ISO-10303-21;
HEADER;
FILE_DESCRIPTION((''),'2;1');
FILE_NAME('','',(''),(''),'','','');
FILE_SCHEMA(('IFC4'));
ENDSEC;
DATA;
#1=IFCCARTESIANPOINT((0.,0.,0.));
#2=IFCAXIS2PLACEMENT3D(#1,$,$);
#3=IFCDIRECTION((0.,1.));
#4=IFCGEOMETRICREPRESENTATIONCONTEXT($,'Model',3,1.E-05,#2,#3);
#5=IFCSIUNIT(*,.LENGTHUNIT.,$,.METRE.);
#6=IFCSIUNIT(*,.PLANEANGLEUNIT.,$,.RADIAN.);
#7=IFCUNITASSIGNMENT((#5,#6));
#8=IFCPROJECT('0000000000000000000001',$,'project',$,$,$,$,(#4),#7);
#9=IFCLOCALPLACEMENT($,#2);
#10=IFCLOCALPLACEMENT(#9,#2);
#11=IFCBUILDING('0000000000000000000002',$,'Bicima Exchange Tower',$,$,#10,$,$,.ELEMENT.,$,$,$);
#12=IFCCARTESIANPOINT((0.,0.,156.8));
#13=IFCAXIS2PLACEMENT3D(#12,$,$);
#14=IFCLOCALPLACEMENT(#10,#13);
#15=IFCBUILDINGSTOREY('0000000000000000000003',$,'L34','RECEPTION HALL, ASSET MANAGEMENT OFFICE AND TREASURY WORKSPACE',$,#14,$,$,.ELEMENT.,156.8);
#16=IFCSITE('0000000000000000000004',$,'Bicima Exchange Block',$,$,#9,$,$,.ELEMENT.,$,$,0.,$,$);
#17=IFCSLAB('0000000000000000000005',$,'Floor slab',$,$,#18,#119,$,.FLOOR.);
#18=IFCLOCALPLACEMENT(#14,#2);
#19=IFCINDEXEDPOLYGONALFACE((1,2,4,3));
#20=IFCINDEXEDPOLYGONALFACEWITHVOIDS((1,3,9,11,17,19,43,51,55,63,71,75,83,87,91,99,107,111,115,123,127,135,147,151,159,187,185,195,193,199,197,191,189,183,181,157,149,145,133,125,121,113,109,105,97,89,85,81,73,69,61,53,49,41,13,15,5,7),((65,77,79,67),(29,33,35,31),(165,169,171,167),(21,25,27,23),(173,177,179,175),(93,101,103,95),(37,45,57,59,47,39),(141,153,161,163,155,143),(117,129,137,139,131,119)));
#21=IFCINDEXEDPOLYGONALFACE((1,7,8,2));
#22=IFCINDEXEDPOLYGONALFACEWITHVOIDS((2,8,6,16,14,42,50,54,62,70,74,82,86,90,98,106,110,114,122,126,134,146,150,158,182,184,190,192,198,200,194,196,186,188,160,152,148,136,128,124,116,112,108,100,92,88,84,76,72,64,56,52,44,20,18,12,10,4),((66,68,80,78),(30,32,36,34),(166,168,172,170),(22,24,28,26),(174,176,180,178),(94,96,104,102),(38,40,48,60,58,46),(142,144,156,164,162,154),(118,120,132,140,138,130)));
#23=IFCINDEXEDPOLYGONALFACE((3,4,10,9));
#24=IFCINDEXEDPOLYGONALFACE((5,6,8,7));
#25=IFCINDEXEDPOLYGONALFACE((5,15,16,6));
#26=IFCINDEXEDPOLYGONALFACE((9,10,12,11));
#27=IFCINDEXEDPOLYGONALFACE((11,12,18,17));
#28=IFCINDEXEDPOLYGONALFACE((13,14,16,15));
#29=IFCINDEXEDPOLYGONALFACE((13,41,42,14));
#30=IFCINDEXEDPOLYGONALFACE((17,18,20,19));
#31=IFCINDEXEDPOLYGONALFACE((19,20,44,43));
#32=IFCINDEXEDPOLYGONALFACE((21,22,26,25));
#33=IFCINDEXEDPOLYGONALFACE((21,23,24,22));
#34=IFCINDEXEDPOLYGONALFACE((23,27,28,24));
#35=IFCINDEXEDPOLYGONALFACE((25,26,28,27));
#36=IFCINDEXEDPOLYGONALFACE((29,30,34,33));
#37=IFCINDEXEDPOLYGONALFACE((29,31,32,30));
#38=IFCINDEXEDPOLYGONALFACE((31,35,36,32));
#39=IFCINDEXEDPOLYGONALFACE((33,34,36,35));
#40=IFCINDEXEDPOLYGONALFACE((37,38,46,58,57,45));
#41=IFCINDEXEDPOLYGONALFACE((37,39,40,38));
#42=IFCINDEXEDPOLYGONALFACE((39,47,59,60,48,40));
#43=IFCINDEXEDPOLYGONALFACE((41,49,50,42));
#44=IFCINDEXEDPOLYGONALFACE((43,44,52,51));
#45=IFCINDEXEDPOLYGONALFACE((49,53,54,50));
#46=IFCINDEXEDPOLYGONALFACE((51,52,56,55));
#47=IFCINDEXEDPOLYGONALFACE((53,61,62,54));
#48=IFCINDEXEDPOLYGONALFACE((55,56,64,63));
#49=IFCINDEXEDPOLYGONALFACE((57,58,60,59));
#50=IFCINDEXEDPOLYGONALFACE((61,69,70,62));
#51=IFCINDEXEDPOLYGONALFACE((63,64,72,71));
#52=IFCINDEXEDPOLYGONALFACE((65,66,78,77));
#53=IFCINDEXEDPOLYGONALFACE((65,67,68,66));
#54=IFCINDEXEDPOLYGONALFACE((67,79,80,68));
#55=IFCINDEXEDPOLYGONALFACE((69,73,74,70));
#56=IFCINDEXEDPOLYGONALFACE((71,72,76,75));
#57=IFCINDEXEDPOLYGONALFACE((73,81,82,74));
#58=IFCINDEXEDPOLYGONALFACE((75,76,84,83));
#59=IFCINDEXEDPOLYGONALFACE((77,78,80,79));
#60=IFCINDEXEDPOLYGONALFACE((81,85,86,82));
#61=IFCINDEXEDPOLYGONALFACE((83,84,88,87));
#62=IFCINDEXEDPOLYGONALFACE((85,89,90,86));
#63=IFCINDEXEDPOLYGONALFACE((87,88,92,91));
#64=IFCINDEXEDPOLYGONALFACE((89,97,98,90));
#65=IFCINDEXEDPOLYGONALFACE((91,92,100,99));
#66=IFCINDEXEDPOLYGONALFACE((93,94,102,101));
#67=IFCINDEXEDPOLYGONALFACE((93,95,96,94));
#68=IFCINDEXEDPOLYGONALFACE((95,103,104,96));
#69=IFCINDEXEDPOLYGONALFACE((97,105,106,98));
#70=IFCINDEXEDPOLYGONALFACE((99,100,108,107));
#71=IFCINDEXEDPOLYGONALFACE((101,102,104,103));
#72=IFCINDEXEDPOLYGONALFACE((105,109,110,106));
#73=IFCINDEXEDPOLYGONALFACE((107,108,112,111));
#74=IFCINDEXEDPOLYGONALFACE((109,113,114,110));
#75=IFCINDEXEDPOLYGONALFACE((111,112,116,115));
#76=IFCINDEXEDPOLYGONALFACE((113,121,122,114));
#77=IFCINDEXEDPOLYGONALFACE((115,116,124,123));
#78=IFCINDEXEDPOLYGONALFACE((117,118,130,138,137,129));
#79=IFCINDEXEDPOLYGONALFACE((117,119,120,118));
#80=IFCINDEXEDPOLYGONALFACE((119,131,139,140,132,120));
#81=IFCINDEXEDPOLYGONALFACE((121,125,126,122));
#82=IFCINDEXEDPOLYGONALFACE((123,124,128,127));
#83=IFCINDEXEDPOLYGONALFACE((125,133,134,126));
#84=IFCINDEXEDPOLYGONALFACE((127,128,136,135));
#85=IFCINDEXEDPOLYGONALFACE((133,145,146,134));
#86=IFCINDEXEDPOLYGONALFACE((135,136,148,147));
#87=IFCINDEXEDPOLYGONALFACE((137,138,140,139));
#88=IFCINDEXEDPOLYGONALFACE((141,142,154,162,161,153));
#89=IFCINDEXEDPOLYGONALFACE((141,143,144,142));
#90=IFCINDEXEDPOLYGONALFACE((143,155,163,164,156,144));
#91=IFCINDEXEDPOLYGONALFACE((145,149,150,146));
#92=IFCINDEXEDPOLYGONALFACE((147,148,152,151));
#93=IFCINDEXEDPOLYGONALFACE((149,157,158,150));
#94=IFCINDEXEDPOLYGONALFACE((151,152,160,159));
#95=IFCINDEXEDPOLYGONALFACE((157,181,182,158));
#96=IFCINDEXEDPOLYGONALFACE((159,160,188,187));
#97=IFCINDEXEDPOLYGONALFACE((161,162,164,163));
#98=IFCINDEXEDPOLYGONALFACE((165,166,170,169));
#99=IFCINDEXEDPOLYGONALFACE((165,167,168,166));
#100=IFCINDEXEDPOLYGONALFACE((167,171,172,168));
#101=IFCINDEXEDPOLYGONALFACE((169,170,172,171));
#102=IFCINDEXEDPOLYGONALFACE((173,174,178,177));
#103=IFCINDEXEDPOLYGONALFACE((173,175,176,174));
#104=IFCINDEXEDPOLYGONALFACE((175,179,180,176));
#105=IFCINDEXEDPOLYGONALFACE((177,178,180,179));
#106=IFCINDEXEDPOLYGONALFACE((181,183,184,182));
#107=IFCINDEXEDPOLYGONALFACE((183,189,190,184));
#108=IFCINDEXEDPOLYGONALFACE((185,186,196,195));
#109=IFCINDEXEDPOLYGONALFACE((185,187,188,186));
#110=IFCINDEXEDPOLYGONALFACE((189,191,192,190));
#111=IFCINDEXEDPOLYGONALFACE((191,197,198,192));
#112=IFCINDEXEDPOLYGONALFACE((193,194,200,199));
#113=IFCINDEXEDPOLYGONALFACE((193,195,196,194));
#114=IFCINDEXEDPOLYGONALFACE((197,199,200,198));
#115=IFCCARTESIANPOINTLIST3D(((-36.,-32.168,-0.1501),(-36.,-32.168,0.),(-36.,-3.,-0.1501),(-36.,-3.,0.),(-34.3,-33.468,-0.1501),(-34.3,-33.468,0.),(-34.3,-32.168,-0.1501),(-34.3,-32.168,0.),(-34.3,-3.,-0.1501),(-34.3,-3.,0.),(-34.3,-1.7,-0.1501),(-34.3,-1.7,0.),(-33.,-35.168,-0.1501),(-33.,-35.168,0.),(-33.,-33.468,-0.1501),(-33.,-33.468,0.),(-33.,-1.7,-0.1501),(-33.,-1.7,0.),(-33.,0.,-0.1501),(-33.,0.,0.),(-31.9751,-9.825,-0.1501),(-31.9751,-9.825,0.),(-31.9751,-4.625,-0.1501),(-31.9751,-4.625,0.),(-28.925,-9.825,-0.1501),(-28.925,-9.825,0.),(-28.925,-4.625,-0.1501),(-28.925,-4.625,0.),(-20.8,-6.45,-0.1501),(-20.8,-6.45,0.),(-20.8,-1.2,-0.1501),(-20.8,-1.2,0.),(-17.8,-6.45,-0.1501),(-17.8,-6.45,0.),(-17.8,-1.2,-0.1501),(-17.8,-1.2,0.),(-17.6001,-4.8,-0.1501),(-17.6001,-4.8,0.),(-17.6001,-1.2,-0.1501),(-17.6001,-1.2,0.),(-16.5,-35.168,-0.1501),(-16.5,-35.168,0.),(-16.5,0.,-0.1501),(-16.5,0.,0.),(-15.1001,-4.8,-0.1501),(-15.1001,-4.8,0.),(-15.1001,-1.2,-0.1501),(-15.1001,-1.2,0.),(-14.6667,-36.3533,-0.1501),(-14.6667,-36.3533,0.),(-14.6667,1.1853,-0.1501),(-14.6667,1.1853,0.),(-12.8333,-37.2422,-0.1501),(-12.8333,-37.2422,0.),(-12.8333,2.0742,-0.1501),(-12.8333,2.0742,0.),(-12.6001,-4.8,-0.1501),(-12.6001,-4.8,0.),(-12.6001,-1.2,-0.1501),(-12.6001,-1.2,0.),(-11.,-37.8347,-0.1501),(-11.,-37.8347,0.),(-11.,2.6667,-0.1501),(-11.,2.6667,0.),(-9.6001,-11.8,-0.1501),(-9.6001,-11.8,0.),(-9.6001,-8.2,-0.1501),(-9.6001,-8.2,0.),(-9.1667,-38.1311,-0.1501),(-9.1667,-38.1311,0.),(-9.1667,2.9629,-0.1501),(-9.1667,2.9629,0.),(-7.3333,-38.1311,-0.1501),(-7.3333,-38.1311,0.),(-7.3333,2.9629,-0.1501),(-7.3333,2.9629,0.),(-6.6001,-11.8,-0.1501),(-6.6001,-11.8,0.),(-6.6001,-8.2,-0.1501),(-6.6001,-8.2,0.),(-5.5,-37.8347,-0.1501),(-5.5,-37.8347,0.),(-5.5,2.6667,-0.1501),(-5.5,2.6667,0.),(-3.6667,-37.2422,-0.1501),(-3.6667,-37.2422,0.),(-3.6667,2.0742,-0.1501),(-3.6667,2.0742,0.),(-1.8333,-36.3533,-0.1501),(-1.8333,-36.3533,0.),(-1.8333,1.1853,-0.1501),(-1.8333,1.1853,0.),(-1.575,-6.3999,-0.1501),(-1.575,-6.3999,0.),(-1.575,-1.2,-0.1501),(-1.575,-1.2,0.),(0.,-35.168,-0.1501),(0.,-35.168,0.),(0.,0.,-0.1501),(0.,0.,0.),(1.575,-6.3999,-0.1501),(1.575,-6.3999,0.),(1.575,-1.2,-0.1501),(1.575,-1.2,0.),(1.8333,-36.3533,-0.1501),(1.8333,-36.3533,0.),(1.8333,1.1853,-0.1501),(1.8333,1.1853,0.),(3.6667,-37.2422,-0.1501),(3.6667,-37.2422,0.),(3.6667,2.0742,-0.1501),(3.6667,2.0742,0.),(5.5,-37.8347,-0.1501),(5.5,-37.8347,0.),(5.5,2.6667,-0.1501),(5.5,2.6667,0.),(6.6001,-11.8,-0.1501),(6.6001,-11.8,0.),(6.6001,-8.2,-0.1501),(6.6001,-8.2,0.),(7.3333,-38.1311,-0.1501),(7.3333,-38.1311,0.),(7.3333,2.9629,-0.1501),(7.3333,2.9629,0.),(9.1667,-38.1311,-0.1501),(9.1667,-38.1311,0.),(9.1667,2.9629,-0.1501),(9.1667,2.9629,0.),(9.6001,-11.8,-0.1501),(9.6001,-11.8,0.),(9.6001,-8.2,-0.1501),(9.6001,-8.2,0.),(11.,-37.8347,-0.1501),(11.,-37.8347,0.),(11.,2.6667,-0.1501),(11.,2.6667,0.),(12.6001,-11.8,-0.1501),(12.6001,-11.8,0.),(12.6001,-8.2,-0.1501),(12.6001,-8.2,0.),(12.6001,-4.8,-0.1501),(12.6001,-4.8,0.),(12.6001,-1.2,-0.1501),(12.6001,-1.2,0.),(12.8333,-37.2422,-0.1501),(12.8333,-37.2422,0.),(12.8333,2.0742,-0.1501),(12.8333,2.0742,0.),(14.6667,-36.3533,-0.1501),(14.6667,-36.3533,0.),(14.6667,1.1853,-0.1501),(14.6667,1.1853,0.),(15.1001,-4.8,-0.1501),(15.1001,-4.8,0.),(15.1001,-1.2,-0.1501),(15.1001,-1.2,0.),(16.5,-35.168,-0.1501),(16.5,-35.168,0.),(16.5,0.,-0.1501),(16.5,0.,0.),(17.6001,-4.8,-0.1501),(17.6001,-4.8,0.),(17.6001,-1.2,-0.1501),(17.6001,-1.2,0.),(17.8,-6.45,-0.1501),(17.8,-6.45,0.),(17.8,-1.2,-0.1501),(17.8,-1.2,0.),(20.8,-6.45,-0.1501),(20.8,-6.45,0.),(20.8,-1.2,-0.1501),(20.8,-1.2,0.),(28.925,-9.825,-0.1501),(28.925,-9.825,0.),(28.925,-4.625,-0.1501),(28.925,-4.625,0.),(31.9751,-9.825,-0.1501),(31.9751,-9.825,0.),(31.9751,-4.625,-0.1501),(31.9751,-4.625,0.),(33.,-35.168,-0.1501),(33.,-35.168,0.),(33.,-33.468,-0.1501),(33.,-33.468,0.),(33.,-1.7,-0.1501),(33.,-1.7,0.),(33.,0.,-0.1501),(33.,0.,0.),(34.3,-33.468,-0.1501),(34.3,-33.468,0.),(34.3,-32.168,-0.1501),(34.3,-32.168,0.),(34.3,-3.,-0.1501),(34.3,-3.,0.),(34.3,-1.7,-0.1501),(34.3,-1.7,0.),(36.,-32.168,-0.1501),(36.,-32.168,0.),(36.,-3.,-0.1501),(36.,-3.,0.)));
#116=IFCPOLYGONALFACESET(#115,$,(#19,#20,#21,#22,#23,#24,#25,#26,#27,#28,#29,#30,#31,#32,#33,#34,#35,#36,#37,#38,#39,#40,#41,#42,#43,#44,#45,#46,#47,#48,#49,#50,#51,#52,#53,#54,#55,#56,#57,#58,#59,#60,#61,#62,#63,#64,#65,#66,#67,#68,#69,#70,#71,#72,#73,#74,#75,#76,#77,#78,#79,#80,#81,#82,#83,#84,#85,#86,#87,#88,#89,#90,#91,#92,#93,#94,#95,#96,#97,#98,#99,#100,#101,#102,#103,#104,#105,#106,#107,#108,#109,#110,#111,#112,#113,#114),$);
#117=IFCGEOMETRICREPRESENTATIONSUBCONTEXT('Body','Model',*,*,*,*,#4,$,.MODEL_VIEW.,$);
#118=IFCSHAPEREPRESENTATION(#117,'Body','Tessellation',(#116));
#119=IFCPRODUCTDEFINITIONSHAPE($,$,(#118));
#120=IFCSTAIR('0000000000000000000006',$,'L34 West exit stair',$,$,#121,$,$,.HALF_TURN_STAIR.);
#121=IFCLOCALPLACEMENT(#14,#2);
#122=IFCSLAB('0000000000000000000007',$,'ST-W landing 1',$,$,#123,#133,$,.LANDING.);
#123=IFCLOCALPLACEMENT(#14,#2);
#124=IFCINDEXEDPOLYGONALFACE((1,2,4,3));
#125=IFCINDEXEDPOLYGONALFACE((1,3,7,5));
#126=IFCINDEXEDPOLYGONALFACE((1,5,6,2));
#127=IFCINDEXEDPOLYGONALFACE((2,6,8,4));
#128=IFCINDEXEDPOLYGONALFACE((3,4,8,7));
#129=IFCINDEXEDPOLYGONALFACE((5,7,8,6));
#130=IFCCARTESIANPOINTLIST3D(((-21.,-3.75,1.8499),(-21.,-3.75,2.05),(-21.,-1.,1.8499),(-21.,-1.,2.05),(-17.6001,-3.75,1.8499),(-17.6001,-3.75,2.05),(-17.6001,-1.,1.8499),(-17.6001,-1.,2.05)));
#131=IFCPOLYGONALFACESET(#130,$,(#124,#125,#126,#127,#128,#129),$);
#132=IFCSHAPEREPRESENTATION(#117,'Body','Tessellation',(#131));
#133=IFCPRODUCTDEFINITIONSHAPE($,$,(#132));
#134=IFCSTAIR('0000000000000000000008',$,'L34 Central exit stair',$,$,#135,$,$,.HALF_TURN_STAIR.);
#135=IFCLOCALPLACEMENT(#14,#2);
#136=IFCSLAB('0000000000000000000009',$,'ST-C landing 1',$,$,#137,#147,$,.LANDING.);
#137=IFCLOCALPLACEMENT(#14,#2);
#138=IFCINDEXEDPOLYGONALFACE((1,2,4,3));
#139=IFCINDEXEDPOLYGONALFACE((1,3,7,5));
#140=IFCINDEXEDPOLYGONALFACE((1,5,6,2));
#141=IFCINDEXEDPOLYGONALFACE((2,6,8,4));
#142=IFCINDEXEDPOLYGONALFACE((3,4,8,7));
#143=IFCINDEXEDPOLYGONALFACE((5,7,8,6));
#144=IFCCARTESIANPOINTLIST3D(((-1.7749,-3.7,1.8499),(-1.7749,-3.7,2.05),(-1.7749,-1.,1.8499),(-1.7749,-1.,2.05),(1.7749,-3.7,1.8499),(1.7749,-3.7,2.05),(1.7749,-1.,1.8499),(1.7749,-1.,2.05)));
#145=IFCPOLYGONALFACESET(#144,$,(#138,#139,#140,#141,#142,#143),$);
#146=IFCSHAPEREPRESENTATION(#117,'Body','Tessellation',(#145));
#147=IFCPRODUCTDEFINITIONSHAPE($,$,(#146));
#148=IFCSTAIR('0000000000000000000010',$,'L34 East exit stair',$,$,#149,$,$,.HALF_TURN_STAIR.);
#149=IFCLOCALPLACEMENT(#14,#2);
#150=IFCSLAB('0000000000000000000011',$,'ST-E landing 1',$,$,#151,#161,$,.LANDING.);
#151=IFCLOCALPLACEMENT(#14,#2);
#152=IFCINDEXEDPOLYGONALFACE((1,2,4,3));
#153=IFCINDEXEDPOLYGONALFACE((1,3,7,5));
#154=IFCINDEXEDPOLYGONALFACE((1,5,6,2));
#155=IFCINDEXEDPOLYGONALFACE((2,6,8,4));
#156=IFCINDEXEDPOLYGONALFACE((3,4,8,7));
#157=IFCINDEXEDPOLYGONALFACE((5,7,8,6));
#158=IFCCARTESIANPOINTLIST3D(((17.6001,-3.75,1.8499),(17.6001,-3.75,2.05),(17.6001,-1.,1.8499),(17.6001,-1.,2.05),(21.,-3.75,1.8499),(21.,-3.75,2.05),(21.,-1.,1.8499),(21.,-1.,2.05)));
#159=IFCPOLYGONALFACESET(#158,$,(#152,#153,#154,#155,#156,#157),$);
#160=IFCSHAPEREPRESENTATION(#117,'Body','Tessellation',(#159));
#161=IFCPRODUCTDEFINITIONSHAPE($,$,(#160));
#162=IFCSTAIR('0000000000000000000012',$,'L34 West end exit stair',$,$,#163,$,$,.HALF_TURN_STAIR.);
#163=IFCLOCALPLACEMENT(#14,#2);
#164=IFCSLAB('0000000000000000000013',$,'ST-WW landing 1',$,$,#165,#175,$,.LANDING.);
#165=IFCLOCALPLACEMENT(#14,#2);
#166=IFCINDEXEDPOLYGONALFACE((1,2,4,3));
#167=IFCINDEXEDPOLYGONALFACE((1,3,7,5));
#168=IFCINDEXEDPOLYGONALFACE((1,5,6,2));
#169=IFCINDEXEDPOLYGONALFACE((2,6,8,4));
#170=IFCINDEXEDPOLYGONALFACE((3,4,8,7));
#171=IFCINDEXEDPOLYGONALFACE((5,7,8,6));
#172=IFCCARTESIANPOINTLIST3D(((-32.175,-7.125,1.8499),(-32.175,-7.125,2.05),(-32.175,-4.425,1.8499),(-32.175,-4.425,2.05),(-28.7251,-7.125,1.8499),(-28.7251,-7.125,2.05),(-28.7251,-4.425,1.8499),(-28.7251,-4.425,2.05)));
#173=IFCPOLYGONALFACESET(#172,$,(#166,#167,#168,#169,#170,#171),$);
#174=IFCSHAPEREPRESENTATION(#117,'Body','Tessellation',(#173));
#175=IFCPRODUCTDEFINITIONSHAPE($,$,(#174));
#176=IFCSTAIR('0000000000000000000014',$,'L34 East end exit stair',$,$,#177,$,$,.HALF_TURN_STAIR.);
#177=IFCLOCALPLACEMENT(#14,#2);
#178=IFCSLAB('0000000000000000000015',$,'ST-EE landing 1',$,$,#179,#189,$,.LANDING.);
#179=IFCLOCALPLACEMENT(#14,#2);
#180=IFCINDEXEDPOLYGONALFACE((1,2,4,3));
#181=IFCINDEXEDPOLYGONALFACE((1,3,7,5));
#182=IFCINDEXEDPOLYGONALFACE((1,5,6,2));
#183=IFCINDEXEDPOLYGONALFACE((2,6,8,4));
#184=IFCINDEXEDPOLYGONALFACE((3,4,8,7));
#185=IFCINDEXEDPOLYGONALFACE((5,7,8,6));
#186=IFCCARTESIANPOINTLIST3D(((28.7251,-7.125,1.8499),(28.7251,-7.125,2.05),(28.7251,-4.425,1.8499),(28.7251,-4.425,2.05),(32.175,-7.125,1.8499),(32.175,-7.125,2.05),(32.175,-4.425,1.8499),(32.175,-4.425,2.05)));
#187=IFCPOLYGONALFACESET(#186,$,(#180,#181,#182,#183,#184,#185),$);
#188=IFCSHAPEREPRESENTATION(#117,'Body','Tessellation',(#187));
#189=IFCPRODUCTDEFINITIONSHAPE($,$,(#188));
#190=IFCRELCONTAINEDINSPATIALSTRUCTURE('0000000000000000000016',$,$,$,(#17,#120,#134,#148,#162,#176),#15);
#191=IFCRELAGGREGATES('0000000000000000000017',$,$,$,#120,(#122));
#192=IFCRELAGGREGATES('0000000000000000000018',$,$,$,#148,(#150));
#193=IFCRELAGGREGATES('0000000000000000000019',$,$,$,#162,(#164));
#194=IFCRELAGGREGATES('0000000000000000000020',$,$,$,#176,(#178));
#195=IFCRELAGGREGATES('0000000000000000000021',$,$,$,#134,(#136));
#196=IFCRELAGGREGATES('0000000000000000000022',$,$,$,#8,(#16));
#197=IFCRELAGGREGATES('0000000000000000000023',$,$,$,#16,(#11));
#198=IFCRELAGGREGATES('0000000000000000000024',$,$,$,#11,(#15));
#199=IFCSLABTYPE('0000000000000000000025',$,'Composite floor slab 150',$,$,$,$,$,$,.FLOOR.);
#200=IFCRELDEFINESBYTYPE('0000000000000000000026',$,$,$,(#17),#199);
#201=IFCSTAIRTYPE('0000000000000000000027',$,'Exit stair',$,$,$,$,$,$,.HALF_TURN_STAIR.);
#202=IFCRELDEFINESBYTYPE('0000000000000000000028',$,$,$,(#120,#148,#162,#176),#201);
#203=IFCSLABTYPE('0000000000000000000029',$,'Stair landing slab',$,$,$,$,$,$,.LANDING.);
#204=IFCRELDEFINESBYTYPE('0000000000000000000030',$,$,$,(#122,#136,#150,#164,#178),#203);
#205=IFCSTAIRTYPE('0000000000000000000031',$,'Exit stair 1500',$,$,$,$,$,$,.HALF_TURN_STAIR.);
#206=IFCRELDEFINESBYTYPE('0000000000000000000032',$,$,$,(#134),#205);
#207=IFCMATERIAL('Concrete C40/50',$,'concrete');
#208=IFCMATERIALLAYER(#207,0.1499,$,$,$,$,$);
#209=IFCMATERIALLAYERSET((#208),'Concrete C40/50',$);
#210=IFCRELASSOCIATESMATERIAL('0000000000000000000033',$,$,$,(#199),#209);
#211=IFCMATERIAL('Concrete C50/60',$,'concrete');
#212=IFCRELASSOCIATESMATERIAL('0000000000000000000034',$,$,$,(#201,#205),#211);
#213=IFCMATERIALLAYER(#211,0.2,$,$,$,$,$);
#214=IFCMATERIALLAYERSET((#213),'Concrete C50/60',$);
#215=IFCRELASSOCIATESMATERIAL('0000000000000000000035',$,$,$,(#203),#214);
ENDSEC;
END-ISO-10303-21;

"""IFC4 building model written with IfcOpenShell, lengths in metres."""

from ifc_helpers import new_model, si_unit, direction, frame, origin, place, context, subcontext, project, spatial, polyline, outline, extrude, material, layer, layer_set, type_object, element, aggregate, save


model = new_model("IFC4")

# Units and contexts
model_context = context("Model", 3, precision=1e-05, world=origin(), true_north=direction((0.0, 1.0)))
body_context = subcontext(model_context, "Body", "Model", "MODEL_VIEW")
ifc_project = project(units=[si_unit("LENGTHUNIT", "METRE"), si_unit("PLANEANGLEUNIT", "RADIAN")], contexts=[model_context])

# Site, building, storey
site_placement = place(None, origin())
site = spatial("IfcSite", under=ifc_project, at=site_placement, Name="Bicima Exchange Block", CompositionType="ELEMENT", RefElevation=0.0)
building_placement = place(site_placement, origin())
building = spatial("IfcBuilding", under=site, at=building_placement, Name="Bicima Exchange Tower", CompositionType="ELEMENT")
storey_placement = place(building_placement, frame((0.0, 0.0, 156.8)))
storey = spatial("IfcBuildingStorey", under=building, at=storey_placement, Name="L34", Description="RECEPTION HALL, ASSET MANAGEMENT OFFICE AND TREASURY WORKSPACE", CompositionType="ELEMENT", Elevation=156.8)

# Slab
ifc_material_1 = material(Name="Concrete C40/50", Category="concrete")
ifc_layer_1 = layer(ifc_material_1, 0.1499)
ifc_layer_set_1 = layer_set([ifc_layer_1], Name="Concrete C40/50")
slab_type_1 = type_object("IfcSlabType", Name="Composite floor slab 150", PredefinedType="FLOOR", material=ifc_layer_set_1)
slab_1_placement = place(storey_placement, frame((0.0, 0.0, -0.1501)))
element("IfcSlab", 1, at=slab_1_placement, inside=storey, type_object=slab_type_1, Name="Floor slab", PredefinedType="FLOOR", context=body_context, shape_type="SweptSolid", body=[
    extrude(outline(polyline([(-36.0, -32.168), (-36.0, -3.0), (-34.3, -3.0), (-34.3, -1.7), (-33.0, -1.7), (-33.0, 0.0), (-16.5, 0.0), (-14.6667, 1.1853), (-12.8333, 2.0742), (-11.0, 2.6667), (-9.1667, 2.9629), (-7.3333, 2.9629), (-5.5, 2.6667), (-3.6667, 2.0742), (-1.8333, 1.1853), (0.0, 0.0), (1.8333, 1.1853), (3.6667, 2.0742), (5.5, 2.6667), (7.3333, 2.9629), (9.1667, 2.9629), (11.0, 2.6667), (12.8333, 2.0742), (14.6667, 1.1853), (16.5, 0.0), (33.0, 0.0), (33.0, -1.7), (34.3, -1.7), (34.3, -3.0), (36.0, -3.0), (36.0, -32.168), (34.3, -32.168), (34.3, -33.468), (33.0, -33.468), (33.0, -35.168), (16.5, -35.168), (14.6667, -36.3533), (12.8333, -37.2422), (11.0, -37.8347), (9.1667, -38.1311), (7.3333, -38.1311), (5.5, -37.8347), (3.6667, -37.2422), (1.8333, -36.3533), (0.0, -35.168), (-1.8333, -36.3533), (-3.6667, -37.2422), (-5.5, -37.8347), (-7.3333, -38.1311), (-9.1667, -38.1311), (-11.0, -37.8347), (-12.8333, -37.2422), (-14.6667, -36.3533), (-16.5, -35.168), (-33.0, -35.168), (-33.0, -33.468), (-34.3, -33.468), (-34.3, -32.168), (-36.0, -32.168)]), holes=[polyline([(-6.6001, -11.8), (-6.6001, -8.2), (-9.6001, -8.2), (-9.6001, -11.8), (-6.6001, -11.8)]), polyline([(-31.9751, -9.825), (-28.925, -9.825), (-28.925, -4.625), (-31.9751, -4.625), (-31.9751, -9.825)]), polyline([(-20.8, -6.45), (-17.8, -6.45), (-17.8, -1.2), (-20.8, -1.2), (-20.8, -6.45)]), polyline([(1.575, -6.3999), (1.575, -1.2), (-1.575, -1.2), (-1.575, -6.3999), (1.575, -6.3999)]), polyline([(-12.6001, -4.8), (-12.6001, -1.2), (-15.1001, -1.2), (-17.6001, -1.2), (-17.6001, -4.8), (-15.1001, -4.8), (-12.6001, -4.8)]), polyline([(12.6001, -8.2), (9.6001, -8.2), (6.6001, -8.2), (6.6001, -11.8), (9.6001, -11.8), (12.6001, -11.8), (12.6001, -8.2)]), polyline([(28.925, -9.825), (31.9751, -9.825), (31.9751, -4.625), (28.925, -4.625), (28.925, -9.825)]), polyline([(20.8, -6.45), (20.8, -1.2), (17.8, -1.2), (17.8, -6.45), (20.8, -6.45)]), polyline([(17.6001, -4.8), (17.6001, -1.2), (15.1001, -1.2), (12.6001, -1.2), (12.6001, -4.8), (15.1001, -4.8), (17.6001, -4.8)])]), origin(), (0.0, 0.0, 1.0), 0.1501),
])

# Stairs, slabs
ifc_material_2 = material(Name="Concrete C50/60", Category="concrete")
stair_type_1 = type_object("IfcStairType", Name="Exit stair", PredefinedType="HALF_TURN_STAIR", material=ifc_material_2)
stair_1_placement = place(storey_placement, origin())
stair_1 = element("IfcStair", 2, at=stair_1_placement, inside=storey, type_object=stair_type_1, Name="L34 West exit stair", PredefinedType="HALF_TURN_STAIR")
ifc_layer_2 = layer(ifc_material_2, 0.2)
ifc_layer_set_2 = layer_set([ifc_layer_2], Name="Concrete C50/60")
slab_type_2 = type_object("IfcSlabType", Name="Stair landing slab", PredefinedType="LANDING", material=ifc_layer_set_2)
slab_2_placement = place(storey_placement, frame((0.0, 0.0, 1.8499)))
slab_2 = element("IfcSlab", 3, at=slab_2_placement, type_object=slab_type_2, Name="ST-W landing 1", PredefinedType="LANDING", context=body_context, shape_type="SweptSolid", body=[
    extrude(outline(polyline([(-17.6001, -3.75), (-17.6001, -1.0), (-21.0, -1.0), (-21.0, -3.75), (-17.6001, -3.75)])), origin(), (0.0, 0.0, 1.0), 0.2002),
])
aggregate(stair_1, [slab_2])
stair_type_2 = type_object("IfcStairType", Name="Exit stair 1500", PredefinedType="HALF_TURN_STAIR", material=ifc_material_2)
stair_2_placement = place(storey_placement, origin())
stair_2 = element("IfcStair", 4, at=stair_2_placement, inside=storey, type_object=stair_type_2, Name="L34 Central exit stair", PredefinedType="HALF_TURN_STAIR")
slab_3_placement = place(storey_placement, frame((0.0, 0.0, 1.8499)))
slab_3 = element("IfcSlab", 5, at=slab_3_placement, type_object=slab_type_2, Name="ST-C landing 1", PredefinedType="LANDING", context=body_context, shape_type="SweptSolid", body=[
    extrude(outline(polyline([(1.7749, -3.7), (1.7749, -1.0), (-1.7749, -1.0), (-1.7749, -3.7), (1.7749, -3.7)])), origin(), (0.0, 0.0, 1.0), 0.2002),
])
stair_3_placement = place(storey_placement, origin())
stair_3 = element("IfcStair", 6, at=stair_3_placement, inside=storey, type_object=stair_type_1, Name="L34 East exit stair", PredefinedType="HALF_TURN_STAIR")
slab_4_placement = place(storey_placement, frame((0.0, 0.0, 1.8499)))
slab_4 = element("IfcSlab", 7, at=slab_4_placement, type_object=slab_type_2, Name="ST-E landing 1", PredefinedType="LANDING", context=body_context, shape_type="SweptSolid", body=[
    extrude(outline(polyline([(21.0, -3.75), (21.0, -1.0), (17.6001, -1.0), (17.6001, -3.75), (21.0, -3.75)])), origin(), (0.0, 0.0, 1.0), 0.2002),
])
aggregate(stair_3, [slab_4])
stair_4_placement = place(storey_placement, origin())
stair_4 = element("IfcStair", 8, at=stair_4_placement, inside=storey, type_object=stair_type_1, Name="L34 West end exit stair", PredefinedType="HALF_TURN_STAIR")
slab_5_placement = place(storey_placement, frame((0.0, 0.0, 1.8499)))
slab_5 = element("IfcSlab", 9, at=slab_5_placement, type_object=slab_type_2, Name="ST-WW landing 1", PredefinedType="LANDING", context=body_context, shape_type="SweptSolid", body=[
    extrude(outline(polyline([(-28.7251, -7.125), (-28.7251, -4.425), (-32.175, -4.425), (-32.175, -7.125), (-28.7251, -7.125)])), origin(), (0.0, 0.0, 1.0), 0.2002),
])
aggregate(stair_4, [slab_5])
stair_5_placement = place(storey_placement, origin())
stair_5 = element("IfcStair", 10, at=stair_5_placement, inside=storey, type_object=stair_type_1, Name="L34 East end exit stair", PredefinedType="HALF_TURN_STAIR")
slab_6_placement = place(storey_placement, frame((0.0, 0.0, 1.8499)))
slab_6 = element("IfcSlab", 11, at=slab_6_placement, type_object=slab_type_2, Name="ST-EE landing 1", PredefinedType="LANDING", context=body_context, shape_type="SweptSolid", body=[
    extrude(outline(polyline([(32.175, -7.125), (32.175, -4.425), (28.7251, -4.425), (28.7251, -7.125), (32.175, -7.125)])), origin(), (0.0, 0.0, 1.0), 0.2002),
])
aggregate(stair_5, [slab_6])

aggregate(stair_2, [slab_3])

save(model, "model.ifc")
